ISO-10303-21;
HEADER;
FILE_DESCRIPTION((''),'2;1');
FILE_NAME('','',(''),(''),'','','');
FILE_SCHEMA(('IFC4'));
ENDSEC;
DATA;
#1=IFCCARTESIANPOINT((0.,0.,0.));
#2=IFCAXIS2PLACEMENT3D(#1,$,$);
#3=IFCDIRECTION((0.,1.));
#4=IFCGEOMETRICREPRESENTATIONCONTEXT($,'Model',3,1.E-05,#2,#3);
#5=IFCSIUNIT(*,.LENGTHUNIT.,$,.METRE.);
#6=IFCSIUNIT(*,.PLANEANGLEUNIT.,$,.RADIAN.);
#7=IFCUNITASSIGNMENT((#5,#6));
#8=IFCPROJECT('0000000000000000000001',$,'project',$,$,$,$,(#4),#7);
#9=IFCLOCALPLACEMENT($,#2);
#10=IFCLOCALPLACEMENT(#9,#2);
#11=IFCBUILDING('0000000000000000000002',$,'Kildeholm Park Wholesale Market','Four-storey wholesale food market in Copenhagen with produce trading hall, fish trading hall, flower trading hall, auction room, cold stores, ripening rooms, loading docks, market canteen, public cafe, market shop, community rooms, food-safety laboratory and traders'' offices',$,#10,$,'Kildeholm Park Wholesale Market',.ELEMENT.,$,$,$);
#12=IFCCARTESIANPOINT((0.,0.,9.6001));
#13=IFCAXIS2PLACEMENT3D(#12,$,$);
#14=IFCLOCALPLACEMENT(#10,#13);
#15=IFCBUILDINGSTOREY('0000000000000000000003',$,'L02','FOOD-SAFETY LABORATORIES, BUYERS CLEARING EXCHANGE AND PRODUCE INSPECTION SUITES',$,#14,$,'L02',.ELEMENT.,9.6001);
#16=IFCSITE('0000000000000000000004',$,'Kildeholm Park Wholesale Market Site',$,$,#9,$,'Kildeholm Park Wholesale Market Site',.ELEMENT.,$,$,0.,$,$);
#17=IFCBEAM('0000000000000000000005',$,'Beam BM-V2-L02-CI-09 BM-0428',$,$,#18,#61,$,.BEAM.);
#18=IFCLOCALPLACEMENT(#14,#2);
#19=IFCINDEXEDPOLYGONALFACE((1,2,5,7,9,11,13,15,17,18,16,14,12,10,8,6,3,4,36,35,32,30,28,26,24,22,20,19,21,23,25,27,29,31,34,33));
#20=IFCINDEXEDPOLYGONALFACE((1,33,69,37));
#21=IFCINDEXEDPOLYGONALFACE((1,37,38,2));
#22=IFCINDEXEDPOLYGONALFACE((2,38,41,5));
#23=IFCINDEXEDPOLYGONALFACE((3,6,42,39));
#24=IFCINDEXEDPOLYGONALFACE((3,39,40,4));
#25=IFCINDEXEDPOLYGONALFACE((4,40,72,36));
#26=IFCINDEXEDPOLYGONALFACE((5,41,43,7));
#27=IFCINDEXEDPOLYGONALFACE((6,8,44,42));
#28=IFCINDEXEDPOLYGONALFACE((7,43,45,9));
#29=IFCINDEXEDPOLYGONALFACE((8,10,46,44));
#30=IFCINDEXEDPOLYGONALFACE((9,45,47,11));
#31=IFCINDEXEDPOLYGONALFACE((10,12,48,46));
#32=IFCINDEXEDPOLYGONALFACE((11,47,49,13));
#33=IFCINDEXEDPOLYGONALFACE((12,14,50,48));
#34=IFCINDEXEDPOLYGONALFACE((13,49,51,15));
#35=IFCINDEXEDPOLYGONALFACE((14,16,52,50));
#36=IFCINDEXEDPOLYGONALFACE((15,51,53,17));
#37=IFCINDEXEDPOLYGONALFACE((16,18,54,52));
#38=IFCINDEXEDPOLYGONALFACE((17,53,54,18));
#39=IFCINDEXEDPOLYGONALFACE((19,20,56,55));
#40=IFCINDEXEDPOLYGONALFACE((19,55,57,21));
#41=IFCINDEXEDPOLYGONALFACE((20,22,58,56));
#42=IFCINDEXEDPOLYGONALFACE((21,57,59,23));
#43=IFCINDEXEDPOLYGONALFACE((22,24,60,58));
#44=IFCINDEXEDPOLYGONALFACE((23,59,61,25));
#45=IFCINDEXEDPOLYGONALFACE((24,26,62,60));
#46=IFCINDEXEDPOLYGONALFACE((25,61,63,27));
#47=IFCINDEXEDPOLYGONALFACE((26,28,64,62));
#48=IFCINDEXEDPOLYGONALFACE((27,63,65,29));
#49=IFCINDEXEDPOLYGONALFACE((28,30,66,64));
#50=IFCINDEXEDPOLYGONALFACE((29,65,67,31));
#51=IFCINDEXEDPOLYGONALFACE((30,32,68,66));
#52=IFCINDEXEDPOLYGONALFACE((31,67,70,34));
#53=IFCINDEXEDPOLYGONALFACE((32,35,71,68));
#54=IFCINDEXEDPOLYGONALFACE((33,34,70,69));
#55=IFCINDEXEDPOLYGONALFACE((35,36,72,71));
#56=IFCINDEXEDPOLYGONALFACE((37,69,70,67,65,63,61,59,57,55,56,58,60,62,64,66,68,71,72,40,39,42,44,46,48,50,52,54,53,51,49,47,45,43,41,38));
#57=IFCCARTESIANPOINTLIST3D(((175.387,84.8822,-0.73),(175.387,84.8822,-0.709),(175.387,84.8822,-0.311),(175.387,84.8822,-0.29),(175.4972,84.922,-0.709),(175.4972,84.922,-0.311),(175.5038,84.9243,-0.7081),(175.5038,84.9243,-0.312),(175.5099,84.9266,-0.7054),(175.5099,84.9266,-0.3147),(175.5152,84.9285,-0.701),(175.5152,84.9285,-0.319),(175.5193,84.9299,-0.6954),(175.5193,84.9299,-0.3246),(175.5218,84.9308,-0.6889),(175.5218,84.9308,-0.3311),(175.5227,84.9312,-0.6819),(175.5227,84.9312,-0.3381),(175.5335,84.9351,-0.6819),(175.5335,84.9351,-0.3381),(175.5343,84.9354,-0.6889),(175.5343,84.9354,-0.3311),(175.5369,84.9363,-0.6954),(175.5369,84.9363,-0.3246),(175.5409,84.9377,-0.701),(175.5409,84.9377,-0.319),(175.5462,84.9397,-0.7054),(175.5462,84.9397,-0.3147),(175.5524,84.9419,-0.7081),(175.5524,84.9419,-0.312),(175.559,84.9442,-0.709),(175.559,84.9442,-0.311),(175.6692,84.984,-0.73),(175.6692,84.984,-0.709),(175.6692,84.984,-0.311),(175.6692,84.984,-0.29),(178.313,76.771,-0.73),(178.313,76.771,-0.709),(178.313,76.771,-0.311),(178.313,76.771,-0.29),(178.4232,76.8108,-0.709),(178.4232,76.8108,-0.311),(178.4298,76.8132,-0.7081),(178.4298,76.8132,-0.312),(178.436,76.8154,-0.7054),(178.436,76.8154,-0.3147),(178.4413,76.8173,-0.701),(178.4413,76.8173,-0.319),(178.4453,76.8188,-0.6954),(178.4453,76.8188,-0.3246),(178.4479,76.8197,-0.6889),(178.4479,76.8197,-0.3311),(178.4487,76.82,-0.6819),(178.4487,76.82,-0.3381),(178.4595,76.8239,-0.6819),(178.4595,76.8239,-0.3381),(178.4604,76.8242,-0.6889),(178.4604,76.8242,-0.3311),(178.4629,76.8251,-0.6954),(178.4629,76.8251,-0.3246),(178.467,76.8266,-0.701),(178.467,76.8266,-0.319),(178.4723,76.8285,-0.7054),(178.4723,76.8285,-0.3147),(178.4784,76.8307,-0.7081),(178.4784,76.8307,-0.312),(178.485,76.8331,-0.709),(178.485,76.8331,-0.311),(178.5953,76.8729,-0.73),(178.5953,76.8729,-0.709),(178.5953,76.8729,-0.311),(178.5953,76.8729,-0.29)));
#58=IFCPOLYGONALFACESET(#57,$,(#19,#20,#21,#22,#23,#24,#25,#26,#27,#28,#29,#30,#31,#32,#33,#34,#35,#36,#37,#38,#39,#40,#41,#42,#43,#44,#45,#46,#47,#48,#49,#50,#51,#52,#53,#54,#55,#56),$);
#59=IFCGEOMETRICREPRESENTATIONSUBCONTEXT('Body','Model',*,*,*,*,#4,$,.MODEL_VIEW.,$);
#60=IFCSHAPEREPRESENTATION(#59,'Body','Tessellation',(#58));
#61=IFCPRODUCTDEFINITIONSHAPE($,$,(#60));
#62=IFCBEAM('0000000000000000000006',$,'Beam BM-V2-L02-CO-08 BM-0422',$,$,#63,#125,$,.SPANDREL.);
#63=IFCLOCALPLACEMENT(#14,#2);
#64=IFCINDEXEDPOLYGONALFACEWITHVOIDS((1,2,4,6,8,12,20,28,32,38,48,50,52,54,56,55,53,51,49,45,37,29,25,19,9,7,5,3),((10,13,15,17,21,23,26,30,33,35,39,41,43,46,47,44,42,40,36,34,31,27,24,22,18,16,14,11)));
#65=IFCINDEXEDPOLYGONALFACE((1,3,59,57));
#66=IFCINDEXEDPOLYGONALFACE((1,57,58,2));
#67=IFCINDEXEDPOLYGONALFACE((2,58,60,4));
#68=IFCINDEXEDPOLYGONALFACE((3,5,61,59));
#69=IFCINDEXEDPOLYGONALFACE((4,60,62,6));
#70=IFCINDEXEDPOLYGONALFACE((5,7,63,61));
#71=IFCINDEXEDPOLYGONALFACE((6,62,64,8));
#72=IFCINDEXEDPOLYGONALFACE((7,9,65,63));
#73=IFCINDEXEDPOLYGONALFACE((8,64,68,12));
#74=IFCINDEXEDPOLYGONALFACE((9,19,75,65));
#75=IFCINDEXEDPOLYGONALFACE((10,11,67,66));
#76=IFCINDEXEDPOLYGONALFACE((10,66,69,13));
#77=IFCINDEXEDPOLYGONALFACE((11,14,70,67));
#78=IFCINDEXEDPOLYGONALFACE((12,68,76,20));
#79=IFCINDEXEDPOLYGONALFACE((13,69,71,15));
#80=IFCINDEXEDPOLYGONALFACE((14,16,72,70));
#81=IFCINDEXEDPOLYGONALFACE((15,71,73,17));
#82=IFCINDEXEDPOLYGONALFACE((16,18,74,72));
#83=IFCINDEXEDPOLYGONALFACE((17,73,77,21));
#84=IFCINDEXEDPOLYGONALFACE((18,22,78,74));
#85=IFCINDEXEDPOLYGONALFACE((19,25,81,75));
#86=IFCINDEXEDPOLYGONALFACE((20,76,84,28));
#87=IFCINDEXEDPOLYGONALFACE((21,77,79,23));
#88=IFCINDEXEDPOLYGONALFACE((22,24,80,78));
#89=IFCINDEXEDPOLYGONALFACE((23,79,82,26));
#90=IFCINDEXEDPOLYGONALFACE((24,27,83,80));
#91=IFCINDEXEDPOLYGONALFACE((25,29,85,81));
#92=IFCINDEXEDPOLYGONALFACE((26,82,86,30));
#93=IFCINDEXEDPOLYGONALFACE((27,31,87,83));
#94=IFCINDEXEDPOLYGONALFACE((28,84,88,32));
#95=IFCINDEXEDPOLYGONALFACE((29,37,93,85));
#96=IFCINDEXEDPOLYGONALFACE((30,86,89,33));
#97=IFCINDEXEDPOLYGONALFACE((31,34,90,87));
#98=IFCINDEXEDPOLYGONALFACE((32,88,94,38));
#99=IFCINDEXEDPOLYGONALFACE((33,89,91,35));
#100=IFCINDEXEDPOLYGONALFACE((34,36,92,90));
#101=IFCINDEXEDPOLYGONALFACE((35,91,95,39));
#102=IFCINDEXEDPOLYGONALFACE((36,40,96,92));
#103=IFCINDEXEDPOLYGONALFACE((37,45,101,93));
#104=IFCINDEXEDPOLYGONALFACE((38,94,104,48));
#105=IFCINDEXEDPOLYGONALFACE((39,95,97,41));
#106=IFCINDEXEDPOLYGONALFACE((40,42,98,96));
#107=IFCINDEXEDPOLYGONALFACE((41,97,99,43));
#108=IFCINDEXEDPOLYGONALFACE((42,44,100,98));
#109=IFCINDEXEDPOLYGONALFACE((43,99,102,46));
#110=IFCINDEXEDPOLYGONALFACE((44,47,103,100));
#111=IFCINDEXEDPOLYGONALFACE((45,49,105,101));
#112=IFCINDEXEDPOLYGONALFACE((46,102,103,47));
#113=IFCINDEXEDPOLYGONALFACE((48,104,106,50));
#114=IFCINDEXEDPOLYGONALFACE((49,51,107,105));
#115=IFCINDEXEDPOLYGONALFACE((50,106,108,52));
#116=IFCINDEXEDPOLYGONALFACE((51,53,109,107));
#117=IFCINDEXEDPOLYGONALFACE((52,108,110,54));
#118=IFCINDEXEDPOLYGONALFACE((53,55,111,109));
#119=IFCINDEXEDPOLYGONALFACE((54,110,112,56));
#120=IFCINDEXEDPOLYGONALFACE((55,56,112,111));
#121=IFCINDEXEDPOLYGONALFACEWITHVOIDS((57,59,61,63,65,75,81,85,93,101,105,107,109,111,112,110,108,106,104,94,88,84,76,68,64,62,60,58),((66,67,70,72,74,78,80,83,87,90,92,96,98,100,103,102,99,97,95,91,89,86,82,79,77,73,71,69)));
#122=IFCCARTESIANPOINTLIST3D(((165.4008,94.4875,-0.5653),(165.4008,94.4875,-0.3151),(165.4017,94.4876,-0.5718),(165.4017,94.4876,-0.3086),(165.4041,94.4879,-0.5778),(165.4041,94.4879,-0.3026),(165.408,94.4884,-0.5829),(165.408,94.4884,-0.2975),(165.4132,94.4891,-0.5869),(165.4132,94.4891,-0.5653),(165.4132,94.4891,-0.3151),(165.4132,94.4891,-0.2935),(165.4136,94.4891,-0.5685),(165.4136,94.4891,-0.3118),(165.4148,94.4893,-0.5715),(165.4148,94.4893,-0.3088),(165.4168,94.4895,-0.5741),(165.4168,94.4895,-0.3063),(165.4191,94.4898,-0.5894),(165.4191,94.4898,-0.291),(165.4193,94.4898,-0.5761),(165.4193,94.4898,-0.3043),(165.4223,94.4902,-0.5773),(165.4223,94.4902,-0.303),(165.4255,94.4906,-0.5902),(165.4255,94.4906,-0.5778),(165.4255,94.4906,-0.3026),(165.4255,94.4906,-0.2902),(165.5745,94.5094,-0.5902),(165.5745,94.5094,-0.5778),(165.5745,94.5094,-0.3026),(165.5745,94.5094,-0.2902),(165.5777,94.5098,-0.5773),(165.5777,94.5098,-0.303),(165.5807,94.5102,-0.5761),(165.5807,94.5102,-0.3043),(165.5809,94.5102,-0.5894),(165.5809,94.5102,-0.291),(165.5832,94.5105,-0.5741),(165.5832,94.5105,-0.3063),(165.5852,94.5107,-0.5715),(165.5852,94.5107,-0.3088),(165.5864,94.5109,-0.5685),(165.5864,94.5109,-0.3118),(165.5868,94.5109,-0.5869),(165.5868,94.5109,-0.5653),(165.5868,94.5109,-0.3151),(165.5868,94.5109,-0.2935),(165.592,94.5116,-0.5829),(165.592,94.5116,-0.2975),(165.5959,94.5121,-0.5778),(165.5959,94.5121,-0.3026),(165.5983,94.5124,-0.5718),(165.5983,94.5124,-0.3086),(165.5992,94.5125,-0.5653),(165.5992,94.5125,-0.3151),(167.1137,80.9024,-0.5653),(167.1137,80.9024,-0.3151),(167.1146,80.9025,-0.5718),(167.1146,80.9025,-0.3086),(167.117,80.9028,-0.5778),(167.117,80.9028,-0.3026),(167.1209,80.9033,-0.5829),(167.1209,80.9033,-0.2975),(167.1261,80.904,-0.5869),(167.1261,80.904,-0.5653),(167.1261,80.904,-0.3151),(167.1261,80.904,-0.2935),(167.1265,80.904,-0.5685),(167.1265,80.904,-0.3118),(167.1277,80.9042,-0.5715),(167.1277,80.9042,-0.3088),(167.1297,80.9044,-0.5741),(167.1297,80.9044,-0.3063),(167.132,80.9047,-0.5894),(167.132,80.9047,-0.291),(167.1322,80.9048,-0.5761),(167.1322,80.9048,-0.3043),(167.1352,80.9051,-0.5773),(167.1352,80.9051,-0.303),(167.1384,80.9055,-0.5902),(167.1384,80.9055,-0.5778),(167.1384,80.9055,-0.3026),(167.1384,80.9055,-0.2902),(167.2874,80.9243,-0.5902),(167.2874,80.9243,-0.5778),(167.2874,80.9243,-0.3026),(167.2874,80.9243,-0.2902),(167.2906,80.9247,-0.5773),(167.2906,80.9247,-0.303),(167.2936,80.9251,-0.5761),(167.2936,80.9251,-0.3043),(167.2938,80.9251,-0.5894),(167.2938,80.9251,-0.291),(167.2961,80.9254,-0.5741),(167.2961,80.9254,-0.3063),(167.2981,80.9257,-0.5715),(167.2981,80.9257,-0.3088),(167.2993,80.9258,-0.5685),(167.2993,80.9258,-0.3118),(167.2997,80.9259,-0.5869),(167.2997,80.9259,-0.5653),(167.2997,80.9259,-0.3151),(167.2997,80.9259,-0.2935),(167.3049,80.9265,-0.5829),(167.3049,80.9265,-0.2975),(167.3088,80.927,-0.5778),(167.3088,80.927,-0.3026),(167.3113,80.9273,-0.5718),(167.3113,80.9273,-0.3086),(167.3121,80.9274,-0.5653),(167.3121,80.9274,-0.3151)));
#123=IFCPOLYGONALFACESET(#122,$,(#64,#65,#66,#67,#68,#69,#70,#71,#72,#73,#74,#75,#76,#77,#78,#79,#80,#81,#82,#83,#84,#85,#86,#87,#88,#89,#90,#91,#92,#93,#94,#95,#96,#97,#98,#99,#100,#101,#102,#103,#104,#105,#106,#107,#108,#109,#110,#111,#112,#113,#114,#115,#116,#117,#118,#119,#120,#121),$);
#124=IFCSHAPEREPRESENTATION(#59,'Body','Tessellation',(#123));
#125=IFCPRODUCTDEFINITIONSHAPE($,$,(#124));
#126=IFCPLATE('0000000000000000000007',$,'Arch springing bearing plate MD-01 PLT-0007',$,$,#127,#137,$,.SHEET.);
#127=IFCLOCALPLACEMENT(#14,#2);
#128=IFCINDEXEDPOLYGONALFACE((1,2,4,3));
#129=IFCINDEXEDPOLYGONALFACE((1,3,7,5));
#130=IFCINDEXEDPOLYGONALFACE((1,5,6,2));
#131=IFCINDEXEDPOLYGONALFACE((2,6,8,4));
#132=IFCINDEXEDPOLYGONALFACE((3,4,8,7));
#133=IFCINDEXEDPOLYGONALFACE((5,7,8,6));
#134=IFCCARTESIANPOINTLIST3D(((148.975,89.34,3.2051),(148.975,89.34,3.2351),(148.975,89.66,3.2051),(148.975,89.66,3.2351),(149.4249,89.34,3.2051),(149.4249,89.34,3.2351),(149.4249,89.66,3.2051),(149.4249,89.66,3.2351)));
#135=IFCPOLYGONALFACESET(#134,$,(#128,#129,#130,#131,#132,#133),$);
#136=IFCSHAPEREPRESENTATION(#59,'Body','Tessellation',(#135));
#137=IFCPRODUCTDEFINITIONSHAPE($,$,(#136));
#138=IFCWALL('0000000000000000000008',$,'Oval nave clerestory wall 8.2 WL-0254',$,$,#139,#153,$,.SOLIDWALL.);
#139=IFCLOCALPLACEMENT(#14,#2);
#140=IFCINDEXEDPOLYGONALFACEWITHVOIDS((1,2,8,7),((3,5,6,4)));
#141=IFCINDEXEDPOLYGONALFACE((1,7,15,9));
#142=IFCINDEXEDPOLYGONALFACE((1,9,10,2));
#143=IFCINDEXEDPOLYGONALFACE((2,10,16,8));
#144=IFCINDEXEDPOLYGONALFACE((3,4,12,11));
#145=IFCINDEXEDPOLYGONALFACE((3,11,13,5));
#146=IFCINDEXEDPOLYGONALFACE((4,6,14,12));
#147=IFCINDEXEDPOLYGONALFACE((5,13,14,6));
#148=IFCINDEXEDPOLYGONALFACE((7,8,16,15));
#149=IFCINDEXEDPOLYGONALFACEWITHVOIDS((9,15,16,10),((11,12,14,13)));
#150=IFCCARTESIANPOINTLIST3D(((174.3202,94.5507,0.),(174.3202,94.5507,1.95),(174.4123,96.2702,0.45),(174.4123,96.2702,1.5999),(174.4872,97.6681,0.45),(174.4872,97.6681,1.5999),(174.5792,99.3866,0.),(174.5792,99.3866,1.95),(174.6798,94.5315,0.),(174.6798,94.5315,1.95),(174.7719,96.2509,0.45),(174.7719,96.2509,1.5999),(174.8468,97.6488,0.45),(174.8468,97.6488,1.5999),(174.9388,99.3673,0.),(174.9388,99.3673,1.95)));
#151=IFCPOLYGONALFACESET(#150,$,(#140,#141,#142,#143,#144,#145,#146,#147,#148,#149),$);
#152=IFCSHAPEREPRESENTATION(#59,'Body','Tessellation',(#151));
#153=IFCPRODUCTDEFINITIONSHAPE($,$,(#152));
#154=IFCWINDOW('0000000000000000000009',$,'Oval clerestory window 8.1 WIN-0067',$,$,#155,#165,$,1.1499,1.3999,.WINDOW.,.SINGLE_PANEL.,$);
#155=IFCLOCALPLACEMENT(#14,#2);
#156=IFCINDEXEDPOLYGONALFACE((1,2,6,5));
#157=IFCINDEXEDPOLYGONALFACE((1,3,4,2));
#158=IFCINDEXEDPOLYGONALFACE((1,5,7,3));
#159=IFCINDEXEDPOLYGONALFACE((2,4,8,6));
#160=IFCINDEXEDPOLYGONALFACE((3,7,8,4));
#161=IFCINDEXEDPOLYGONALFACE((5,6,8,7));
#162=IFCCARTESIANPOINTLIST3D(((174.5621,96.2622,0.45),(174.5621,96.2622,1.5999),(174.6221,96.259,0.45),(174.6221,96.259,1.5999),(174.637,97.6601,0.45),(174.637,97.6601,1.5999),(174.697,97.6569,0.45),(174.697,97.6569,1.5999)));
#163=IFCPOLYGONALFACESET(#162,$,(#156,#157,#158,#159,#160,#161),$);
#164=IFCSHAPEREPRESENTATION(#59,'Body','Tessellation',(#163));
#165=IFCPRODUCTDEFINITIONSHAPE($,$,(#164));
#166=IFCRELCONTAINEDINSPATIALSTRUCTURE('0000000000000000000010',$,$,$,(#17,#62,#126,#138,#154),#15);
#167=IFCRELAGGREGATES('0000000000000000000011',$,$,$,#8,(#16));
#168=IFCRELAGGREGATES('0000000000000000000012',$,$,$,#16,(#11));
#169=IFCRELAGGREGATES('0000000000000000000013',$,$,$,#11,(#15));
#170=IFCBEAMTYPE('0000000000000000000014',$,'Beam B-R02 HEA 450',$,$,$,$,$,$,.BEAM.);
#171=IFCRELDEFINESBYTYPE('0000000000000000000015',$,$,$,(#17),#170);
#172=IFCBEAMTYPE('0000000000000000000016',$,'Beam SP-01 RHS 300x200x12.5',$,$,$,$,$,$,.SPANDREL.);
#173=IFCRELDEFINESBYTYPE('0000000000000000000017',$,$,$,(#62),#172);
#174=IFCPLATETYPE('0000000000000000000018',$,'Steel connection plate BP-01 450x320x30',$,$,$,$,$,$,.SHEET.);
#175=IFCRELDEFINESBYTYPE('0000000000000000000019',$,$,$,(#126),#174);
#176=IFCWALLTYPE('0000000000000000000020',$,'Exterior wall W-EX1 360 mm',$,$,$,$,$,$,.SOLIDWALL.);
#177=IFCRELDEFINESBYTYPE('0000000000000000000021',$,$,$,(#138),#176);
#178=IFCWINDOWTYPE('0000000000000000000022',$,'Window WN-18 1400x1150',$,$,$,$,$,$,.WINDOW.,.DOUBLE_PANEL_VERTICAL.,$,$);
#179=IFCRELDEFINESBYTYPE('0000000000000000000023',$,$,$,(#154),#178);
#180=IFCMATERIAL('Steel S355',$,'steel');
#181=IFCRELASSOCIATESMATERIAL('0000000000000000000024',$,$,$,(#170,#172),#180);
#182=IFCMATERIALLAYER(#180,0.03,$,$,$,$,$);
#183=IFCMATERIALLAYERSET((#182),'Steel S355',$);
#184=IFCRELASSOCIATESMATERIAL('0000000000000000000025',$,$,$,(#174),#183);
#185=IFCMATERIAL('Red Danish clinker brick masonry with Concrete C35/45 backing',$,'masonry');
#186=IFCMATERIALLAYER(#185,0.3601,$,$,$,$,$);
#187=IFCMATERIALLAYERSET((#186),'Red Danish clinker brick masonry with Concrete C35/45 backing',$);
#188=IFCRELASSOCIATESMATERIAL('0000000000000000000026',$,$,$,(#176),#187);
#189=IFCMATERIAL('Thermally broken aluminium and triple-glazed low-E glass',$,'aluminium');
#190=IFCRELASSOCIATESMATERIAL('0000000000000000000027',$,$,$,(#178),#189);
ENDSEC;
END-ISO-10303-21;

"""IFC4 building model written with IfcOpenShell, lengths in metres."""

from ifc_helpers import new_model, si_unit, direction, frame, frame_2d, origin, origin_2d, place, context, subcontext, project, spatial, rectangle, hollow_rectangle, i_section, extrude, material, layer, layer_set, material_profile, profile_set, type_object, element, fill, save


model = new_model("IFC4")

# Units and contexts
model_context = context("Model", 3, precision=1e-05, world=origin(), true_north=direction((0.0, 1.0)))
body_context = subcontext(model_context, "Body", "Model", "MODEL_VIEW")
ifc_project = project(units=[si_unit("LENGTHUNIT", "METRE"), si_unit("PLANEANGLEUNIT", "RADIAN")], contexts=[model_context])

# Site, building, storey
site_placement = place(None, origin())
site = spatial("IfcSite", under=ifc_project, at=site_placement, Name="Kildeholm Park Wholesale Market Site", LongName="Kildeholm Park Wholesale Market Site", CompositionType="ELEMENT", RefElevation=0.0)
building_placement = place(site_placement, origin())
building = spatial("IfcBuilding", under=site, at=building_placement, Name="Kildeholm Park Wholesale Market", Description="Four-storey wholesale food market in Copenhagen with produce trading hall, fish trading hall, flower trading hall, auction room, cold stores, ripening rooms, loading docks, market canteen, public cafe, market shop, community rooms, food-safety laboratory and traders' offices", LongName="Kildeholm Park Wholesale Market", CompositionType="ELEMENT")
storey_placement = place(building_placement, frame((0.0, 0.0, 9.6001)))
storey = spatial("IfcBuildingStorey", under=building, at=storey_placement, Name="L02", Description="FOOD-SAFETY LABORATORIES, BUYERS CLEARING EXCHANGE AND PRODUCE INSPECTION SUITES", LongName="L02", CompositionType="ELEMENT", Elevation=9.6001)

# Shared definitions
ifc_material_1 = material(Name="Steel S355", Category="steel")

# Beams
ifc_material_profile_1 = material_profile(ifc_material_1, i_section(OverallWidth=0.3, OverallDepth=0.4399, WebThickness=0.0115, FlangeThickness=0.021, FilletRadius=0.0271, at=origin_2d()), Name="HEA 450")
ifc_profile_set_1 = profile_set([ifc_material_profile_1], Name="Steel S355")
beam_type_1 = type_object("IfcBeamType", Name="Beam B-R02 HEA 450", PredefinedType="BEAM", material=ifc_profile_set_1)
beam_1_placement = place(storey_placement, frame((175.5281, 84.9331, -0.51), z_axis=(0.339339, -0.940664, 0.0), x_axis=(0.940664, 0.339339, 0.0)))
element("IfcBeam", 1, at=beam_1_placement, inside=storey, type_object=beam_type_1, Name="Beam BM-V2-L02-CI-09 BM-0428", PredefinedType="BEAM", context=body_context, shape_type="SweptSolid", body=[
    extrude(i_section(OverallWidth=0.3, OverallDepth=0.4399, WebThickness=0.0115, FlangeThickness=0.021, FilletRadius=0.0271, at=origin_2d()), origin(), (0.0, 0.0, 1.0), 8.6228),
])
ifc_material_profile_2 = material_profile(ifc_material_1, hollow_rectangle(XDim=0.2, YDim=0.3, WallThickness=0.0125, InnerFilletRadius=0.0125, OuterFilletRadius=0.0249, at=origin_2d()), Name="RHS 300x200x12.5")
ifc_profile_set_2 = profile_set([ifc_material_profile_2], Name="Steel S355")
beam_type_2 = type_object("IfcBeamType", Name="Beam SP-01 RHS 300x200x12.5", PredefinedType="SPANDREL", material=ifc_profile_set_2)
beam_2_placement = place(storey_placement, frame((165.5, 94.5, -0.4402), z_axis=(0.125097, -0.992145, 0.0), x_axis=(0.992145, 0.125097, 0.0)))
element("IfcBeam", 2, at=beam_2_placement, inside=storey, type_object=beam_type_2, Name="Beam BM-V2-L02-CO-08 BM-0422", PredefinedType="SPANDREL", context=body_context, shape_type="SweptSolid", body=[
    extrude(hollow_rectangle(XDim=0.2, YDim=0.3, WallThickness=0.0125, InnerFilletRadius=0.0125, OuterFilletRadius=0.0249, at=origin_2d()), origin(), (0.0, 0.0, 1.0), 13.6926),
])

# Plate
ifc_layer_1 = layer(ifc_material_1, 0.03)
ifc_layer_set_1 = layer_set([ifc_layer_1], Name="Steel S355")
plate_type = type_object("IfcPlateType", Name="Steel connection plate BP-01 450x320x30", PredefinedType="SHEET", material=ifc_layer_set_1)
plate_placement = place(storey_placement, frame((149.2, 89.5, 3.2051), z_axis=(0.0, 0.0, 1.0), x_axis=(1.0, 0.0, 0.0)))
element("IfcPlate", 3, at=plate_placement, inside=storey, type_object=plate_type, Name="Arch springing bearing plate MD-01 PLT-0007", PredefinedType="SHEET", context=body_context, shape_type="SweptSolid", body=[
    extrude(rectangle(XDim=0.45, YDim=0.3201, at=origin_2d()), origin(), (0.0, 0.0, 1.0), 0.03),
])

# Wall, opening, window
ifc_material_2 = material(Name="Red Danish clinker brick masonry with Concrete C35/45 backing", Category="masonry")
ifc_layer_2 = layer(ifc_material_2, 0.3601)
ifc_layer_set_2 = layer_set([ifc_layer_2], Name="Red Danish clinker brick masonry with Concrete C35/45 backing")
wall_type = type_object("IfcWallType", Name="Exterior wall W-EX1 360 mm", PredefinedType="SOLIDWALL", material=ifc_layer_set_2)
wall_1_placement = place(storey_placement, frame((174.759, 99.377, 0.0), z_axis=(0.0, 0.0, 1.0), x_axis=(-0.053488, -0.998569, 0.0)))
wall_1 = element("IfcWall", 4, at=wall_1_placement, inside=storey, type_object=wall_type, Name="Oval nave clerestory wall 8.2 WL-0254", PredefinedType="SOLIDWALL", context=body_context, shape_type="SweptSolid", body=[
    extrude(rectangle(XDim=4.8428, YDim=0.3601, at=frame_2d((2.4214, 0.0))), origin(), (0.0, 0.0, 1.0), 1.95),
])
opening_1_placement = place(wall_1_placement, frame((1.7209, 0.0, 0.45)))
opening_1 = element("IfcOpeningElement", 5, at=opening_1_placement, cuts=wall_1, PredefinedType="OPENING", context=body_context, shape_type="SweptSolid", body=[
    extrude(rectangle(XDim=1.3999, YDim=1.1499, at=frame_2d((0.7, 0.575))), frame((0.0, 0.1899, 0.0), z_axis=(0.0, -1.0, 0.0), x_axis=(1.0, 0.0, 0.0)), (0.0, 0.0, 1.0), 0.3801),
])
ifc_material_3 = material(Name="Thermally broken aluminium and triple-glazed low-E glass", Category="aluminium")
window_type = type_object("IfcWindowType", Name="Window WN-18 1400x1150", PartitioningType="DOUBLE_PANEL_VERTICAL", PredefinedType="WINDOW", material=ifc_material_3)
window_1_placement = place(opening_1_placement, origin())
window_1 = element("IfcWindow", 6, at=window_1_placement, inside=storey, type_object=window_type, Name="Oval clerestory window 8.1 WIN-0067", OverallHeight=1.1499, OverallWidth=1.3999, PartitioningType="SINGLE_PANEL", PredefinedType="WINDOW", context=body_context, shape_type="SweptSolid", body=[
    extrude(rectangle(XDim=1.3999, YDim=1.1499, at=frame_2d((0.7, 0.575))), frame((0.0, 0.03, 0.0), z_axis=(0.0, -1.0, 0.0), x_axis=(1.0, 0.0, 0.0)), (0.0, 0.0, 1.0), 0.0601),
])
fill(opening_1, window_1)

save(model, "model.ifc")
